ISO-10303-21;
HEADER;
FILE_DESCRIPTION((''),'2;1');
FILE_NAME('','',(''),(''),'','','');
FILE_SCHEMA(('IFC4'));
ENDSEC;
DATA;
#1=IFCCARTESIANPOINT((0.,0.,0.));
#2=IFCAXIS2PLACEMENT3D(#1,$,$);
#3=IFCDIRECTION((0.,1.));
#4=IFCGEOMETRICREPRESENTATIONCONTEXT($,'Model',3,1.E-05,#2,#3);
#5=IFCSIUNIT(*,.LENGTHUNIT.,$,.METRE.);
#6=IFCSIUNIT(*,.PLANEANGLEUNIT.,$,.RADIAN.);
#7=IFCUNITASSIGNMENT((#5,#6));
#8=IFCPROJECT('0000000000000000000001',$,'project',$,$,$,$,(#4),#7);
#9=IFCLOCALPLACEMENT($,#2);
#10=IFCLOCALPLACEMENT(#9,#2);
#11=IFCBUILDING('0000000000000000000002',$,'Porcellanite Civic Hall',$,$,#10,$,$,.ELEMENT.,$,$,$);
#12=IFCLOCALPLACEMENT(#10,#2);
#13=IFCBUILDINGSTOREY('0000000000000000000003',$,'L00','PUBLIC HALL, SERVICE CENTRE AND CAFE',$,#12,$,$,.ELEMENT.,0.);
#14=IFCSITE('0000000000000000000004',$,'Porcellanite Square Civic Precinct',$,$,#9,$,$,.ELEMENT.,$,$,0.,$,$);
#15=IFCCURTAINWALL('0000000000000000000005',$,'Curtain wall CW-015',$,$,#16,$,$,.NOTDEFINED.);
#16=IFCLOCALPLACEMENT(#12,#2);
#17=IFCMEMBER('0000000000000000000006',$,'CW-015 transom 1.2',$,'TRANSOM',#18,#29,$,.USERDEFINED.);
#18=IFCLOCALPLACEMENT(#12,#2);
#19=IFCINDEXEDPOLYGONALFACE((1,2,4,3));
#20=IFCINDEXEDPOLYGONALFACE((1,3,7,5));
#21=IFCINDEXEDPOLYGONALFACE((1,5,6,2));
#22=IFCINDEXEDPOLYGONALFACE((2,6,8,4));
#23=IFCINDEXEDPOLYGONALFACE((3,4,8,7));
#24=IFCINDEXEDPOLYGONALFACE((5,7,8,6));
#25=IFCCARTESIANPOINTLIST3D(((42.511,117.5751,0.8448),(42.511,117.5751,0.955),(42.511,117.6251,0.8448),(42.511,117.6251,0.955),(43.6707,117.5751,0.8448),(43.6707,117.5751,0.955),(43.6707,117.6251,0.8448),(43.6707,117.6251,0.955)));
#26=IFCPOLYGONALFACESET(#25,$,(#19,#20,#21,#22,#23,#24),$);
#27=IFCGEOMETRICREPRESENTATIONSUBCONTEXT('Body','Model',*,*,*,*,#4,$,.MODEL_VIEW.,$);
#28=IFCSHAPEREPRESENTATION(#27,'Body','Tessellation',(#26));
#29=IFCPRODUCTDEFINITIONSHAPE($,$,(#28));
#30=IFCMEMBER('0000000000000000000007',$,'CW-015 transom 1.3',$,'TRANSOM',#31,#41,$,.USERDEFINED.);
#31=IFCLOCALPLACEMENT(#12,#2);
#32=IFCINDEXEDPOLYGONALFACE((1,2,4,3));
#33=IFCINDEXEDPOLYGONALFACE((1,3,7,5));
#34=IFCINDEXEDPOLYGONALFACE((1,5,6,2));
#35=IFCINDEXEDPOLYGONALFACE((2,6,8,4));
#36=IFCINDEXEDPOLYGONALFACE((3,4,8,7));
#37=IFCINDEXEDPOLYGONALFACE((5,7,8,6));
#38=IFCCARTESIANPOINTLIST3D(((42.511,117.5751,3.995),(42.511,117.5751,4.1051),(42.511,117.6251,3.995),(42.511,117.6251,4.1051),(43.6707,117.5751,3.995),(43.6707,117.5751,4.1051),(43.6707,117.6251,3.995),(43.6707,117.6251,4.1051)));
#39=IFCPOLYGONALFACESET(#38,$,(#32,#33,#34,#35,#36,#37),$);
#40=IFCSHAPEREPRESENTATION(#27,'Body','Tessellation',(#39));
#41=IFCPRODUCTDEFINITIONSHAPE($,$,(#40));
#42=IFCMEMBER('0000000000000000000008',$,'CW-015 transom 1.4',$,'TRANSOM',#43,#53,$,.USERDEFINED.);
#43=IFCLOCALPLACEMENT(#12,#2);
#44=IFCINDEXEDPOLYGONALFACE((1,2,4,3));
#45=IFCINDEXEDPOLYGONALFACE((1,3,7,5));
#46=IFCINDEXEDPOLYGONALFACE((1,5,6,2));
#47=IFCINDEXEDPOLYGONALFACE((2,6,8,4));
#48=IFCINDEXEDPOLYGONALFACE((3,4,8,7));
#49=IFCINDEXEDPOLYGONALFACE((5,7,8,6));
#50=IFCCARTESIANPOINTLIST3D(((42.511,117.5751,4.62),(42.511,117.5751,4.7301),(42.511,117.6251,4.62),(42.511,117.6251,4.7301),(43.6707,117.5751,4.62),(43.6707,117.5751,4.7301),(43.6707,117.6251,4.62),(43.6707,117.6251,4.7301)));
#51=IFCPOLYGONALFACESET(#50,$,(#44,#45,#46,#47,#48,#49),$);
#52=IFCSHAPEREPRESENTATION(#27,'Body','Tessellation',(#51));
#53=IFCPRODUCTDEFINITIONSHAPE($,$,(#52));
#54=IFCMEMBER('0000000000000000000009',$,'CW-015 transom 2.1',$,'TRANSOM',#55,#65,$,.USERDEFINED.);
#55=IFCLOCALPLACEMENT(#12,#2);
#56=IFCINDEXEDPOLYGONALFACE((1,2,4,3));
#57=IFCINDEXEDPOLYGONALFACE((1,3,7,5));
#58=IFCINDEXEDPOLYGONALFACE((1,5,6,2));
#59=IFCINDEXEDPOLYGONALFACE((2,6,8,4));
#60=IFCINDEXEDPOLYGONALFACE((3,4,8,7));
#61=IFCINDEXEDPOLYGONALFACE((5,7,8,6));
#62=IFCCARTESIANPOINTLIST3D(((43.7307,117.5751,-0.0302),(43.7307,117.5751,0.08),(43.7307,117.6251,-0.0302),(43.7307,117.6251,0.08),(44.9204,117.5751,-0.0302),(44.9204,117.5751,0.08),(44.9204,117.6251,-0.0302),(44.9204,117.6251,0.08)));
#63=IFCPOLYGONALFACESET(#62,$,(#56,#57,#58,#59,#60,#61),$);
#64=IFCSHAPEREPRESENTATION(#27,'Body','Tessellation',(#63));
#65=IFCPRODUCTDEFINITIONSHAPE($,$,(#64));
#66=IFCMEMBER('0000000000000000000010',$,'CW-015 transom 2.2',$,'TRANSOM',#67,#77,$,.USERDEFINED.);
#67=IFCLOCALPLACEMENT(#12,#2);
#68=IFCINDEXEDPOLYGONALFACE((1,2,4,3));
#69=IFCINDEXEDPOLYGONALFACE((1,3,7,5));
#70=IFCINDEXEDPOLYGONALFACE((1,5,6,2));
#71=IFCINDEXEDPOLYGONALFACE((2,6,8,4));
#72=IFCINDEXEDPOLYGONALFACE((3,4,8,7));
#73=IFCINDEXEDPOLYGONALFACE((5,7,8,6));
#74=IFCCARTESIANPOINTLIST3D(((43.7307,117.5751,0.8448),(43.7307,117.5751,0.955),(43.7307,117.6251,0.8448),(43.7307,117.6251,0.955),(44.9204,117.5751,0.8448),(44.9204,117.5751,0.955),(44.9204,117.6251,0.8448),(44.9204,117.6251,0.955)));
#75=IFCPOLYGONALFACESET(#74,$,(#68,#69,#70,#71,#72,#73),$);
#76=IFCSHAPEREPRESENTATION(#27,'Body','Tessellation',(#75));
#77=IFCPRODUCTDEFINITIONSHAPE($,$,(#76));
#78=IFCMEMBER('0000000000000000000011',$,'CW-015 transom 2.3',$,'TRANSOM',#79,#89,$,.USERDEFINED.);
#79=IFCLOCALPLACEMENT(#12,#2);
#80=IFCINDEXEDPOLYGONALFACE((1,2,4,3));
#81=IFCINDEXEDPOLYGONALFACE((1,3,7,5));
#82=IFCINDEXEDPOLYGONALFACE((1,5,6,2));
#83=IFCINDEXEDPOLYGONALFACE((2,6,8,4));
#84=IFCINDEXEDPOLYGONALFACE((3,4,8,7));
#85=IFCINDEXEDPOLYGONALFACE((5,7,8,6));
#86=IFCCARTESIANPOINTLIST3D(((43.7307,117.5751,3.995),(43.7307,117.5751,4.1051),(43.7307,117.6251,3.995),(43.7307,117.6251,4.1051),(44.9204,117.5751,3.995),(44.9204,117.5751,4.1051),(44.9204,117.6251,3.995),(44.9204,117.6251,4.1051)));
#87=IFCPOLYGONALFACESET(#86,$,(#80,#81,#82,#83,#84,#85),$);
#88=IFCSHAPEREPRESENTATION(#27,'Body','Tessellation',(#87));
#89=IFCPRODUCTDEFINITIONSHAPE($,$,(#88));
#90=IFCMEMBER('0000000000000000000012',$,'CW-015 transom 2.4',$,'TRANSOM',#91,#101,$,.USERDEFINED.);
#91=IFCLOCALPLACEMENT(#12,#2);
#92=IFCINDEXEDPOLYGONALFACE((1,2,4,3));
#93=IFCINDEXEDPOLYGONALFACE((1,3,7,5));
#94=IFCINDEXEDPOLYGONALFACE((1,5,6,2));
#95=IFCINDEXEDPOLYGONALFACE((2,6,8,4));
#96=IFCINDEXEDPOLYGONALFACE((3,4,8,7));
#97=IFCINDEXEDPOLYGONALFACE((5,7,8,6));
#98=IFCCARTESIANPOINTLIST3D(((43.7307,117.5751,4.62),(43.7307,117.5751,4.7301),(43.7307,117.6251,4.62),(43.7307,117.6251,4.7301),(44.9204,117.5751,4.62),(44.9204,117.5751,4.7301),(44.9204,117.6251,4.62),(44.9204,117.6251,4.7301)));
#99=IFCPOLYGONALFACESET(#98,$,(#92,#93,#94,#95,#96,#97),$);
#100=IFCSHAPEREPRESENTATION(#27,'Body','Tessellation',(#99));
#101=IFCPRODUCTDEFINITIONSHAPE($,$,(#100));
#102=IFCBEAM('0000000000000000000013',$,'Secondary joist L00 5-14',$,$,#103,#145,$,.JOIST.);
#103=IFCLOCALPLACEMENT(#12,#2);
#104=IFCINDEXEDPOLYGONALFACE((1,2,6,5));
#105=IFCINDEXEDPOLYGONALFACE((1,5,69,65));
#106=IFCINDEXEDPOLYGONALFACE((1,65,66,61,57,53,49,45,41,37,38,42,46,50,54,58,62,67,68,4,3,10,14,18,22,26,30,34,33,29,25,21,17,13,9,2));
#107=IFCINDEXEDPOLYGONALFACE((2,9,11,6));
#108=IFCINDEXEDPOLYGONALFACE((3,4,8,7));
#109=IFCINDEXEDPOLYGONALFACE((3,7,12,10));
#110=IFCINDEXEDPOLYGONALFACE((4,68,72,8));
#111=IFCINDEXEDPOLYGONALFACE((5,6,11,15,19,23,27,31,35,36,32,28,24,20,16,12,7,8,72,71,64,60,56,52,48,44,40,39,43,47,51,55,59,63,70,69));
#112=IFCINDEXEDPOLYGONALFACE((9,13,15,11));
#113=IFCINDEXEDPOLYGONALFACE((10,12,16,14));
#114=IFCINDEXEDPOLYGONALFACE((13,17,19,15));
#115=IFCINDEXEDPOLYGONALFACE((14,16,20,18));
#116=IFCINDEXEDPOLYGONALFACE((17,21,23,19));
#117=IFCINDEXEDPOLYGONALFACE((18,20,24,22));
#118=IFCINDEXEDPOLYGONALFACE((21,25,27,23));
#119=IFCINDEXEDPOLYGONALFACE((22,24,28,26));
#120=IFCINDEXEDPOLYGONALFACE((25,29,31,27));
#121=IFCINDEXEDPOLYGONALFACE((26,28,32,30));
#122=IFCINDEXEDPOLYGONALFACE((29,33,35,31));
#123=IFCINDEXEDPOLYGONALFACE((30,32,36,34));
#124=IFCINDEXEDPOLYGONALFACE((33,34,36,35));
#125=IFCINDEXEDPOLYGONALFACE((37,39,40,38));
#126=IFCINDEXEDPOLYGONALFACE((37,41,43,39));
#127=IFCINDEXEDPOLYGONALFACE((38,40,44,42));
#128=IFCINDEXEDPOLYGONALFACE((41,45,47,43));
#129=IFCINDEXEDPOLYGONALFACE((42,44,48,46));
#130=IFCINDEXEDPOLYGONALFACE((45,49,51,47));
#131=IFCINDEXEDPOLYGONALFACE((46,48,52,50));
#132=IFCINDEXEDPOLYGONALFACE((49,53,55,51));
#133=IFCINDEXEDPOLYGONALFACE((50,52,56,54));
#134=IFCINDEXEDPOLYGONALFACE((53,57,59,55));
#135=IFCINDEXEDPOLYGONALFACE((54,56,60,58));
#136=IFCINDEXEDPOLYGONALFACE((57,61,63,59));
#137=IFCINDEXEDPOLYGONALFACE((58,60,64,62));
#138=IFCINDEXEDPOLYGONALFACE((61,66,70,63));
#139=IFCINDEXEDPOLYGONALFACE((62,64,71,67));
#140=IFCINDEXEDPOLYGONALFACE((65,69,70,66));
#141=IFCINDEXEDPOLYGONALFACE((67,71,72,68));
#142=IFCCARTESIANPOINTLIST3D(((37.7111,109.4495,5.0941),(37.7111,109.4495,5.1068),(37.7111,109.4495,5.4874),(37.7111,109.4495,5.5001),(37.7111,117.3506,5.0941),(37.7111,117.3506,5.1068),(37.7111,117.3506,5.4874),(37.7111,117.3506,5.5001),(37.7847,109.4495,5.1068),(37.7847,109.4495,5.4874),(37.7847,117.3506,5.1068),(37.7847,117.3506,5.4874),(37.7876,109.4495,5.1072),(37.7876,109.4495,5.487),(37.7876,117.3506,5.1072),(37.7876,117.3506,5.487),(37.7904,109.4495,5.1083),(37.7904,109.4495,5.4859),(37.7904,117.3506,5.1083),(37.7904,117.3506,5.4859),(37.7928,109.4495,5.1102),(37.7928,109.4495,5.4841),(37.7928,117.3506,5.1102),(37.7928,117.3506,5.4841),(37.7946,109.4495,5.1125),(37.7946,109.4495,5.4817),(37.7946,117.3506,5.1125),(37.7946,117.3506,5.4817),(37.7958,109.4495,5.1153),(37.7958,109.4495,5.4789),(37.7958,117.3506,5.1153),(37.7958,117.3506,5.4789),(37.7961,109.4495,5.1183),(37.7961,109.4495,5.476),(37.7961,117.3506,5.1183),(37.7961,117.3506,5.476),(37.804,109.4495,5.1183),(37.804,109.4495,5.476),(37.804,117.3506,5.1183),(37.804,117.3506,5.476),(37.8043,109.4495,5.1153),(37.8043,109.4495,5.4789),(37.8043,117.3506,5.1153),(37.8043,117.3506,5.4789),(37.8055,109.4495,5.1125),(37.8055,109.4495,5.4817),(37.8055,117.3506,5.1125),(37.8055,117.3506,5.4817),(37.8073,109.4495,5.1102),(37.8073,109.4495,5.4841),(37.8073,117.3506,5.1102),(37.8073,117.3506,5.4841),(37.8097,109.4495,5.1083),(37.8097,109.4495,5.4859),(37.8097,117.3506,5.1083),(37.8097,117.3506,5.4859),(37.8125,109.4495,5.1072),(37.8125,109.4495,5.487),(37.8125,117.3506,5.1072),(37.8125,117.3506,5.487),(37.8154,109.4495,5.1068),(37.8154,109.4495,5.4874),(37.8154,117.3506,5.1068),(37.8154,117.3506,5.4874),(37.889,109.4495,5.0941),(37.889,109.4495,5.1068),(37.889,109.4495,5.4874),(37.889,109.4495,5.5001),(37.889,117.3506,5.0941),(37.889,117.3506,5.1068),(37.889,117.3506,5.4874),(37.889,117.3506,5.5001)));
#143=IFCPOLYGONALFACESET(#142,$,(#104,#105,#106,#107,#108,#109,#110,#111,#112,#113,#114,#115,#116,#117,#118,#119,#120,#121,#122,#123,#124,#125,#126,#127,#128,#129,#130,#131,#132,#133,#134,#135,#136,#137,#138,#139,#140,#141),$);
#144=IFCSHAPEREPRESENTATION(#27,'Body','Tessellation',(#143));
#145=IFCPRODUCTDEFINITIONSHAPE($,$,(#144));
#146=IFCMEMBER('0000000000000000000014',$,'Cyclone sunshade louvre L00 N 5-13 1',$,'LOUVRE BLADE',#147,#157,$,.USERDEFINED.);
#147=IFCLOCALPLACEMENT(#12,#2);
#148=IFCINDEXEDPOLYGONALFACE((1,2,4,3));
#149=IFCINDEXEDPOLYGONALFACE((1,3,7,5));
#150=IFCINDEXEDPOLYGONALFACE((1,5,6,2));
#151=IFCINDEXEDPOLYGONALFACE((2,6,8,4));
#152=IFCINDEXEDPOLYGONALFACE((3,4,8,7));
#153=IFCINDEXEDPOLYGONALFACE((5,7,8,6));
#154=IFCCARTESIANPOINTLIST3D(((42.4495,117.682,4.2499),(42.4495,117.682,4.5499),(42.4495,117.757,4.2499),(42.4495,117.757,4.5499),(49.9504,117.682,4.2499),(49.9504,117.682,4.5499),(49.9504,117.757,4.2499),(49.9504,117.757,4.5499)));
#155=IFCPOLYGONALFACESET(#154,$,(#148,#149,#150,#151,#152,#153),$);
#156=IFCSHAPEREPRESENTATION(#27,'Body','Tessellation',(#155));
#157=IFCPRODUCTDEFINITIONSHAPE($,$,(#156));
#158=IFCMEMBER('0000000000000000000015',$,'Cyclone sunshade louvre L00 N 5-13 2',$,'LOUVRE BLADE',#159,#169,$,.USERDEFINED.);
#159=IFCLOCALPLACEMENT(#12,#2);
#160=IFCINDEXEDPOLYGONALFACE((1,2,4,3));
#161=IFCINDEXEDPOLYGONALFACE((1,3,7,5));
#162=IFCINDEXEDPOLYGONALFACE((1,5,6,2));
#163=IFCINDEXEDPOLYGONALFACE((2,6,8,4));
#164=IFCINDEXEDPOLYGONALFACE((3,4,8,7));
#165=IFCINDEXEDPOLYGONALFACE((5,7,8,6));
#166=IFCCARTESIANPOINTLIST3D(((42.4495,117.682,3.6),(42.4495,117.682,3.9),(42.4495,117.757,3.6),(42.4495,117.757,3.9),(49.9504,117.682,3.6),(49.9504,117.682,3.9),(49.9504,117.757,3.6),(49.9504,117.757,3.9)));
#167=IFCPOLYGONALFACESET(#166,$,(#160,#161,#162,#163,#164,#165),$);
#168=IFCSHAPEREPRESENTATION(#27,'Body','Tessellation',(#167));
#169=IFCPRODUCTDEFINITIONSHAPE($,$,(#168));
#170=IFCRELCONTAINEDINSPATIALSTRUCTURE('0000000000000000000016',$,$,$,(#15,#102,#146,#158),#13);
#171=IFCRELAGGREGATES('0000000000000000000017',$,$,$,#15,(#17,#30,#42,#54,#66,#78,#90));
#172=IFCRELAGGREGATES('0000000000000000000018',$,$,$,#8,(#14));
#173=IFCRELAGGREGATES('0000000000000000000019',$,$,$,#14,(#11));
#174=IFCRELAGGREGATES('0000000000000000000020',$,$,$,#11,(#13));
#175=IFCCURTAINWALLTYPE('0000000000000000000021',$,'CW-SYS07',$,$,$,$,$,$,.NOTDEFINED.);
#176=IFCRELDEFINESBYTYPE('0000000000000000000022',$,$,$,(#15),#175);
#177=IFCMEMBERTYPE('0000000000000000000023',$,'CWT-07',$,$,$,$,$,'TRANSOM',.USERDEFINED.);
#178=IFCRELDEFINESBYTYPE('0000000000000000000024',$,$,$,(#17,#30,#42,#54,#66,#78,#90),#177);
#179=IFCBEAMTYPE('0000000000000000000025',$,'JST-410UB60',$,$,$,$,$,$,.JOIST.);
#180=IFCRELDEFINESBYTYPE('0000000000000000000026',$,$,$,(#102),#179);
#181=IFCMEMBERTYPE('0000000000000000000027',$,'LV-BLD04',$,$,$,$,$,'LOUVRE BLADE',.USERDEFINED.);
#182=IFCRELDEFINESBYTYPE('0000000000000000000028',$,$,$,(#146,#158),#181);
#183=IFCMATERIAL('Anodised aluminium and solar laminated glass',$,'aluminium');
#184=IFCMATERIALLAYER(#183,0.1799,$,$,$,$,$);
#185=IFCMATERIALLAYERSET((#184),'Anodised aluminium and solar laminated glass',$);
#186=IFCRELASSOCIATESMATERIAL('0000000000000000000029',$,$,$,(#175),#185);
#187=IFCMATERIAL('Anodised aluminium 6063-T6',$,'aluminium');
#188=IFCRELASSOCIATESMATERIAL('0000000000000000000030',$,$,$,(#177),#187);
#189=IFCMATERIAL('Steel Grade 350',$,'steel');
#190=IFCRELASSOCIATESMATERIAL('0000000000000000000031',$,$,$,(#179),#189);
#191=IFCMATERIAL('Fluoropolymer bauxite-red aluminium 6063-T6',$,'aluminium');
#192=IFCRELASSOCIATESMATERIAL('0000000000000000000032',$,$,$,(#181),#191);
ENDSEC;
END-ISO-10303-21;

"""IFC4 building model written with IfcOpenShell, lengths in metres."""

from ifc_helpers import new_model, si_unit, direction, frame, origin, origin_2d, place, context, subcontext, project, spatial, rectangle, i_section, extrude, material, layer, layer_set, material_profile, profile_set, type_object, element, aggregate, save


model = new_model("IFC4")

# Units and contexts
model_context = context("Model", 3, precision=1e-05, world=origin(), true_north=direction((0.0, 1.0)))
body_context = subcontext(model_context, "Body", "Model", "MODEL_VIEW")
ifc_project = project(units=[si_unit("LENGTHUNIT", "METRE"), si_unit("PLANEANGLEUNIT", "RADIAN")], contexts=[model_context])

# Site, building, storey
site_placement = place(None, origin())
site = spatial("IfcSite", under=ifc_project, at=site_placement, Name="Porcellanite Square Civic Precinct", CompositionType="ELEMENT", RefElevation=0.0)
building_placement = place(site_placement, origin())
building = spatial("IfcBuilding", under=site, at=building_placement, Name="Porcellanite Civic Hall", CompositionType="ELEMENT")
storey_placement = place(building_placement, origin())
storey = spatial("IfcBuildingStorey", under=building, at=storey_placement, Name="L00", Description="PUBLIC HALL, SERVICE CENTRE AND CAFE", CompositionType="ELEMENT", Elevation=0.0)

# Curtain wall, members
ifc_material_1 = material(Name="Anodised aluminium and solar laminated glass", Category="aluminium")
ifc_layer_1 = layer(ifc_material_1, 0.1799)
ifc_layer_set_1 = layer_set([ifc_layer_1], Name="Anodised aluminium and solar laminated glass")
curtain_wall_type = type_object("IfcCurtainWallType", Name="CW-SYS07", PredefinedType="NOTDEFINED", material=ifc_layer_set_1)
curtain_wall_placement = place(storey_placement, origin())
curtain_wall = element("IfcCurtainWall", 1, at=curtain_wall_placement, inside=storey, type_object=curtain_wall_type, Name="Curtain wall CW-015", PredefinedType="NOTDEFINED")
ifc_material_2 = material(Name="Anodised aluminium 6063-T6", Category="aluminium")
ifc_material_profile_1 = material_profile(ifc_material_2, rectangle(XDim=0.05, YDim=0.1101, at=origin_2d()), Name="AL-50x110")
ifc_profile_set_1 = profile_set([ifc_material_profile_1], Name="Anodised aluminium 6063-T6")
member_type_1 = type_object("IfcMemberType", Name="CWT-07", ElementType="TRANSOM", PredefinedType="USERDEFINED", material=ifc_profile_set_1)
member_1_placement = place(storey_placement, frame((42.511, 117.6001, 0.8999), z_axis=(1.0, 0.0, 0.0), x_axis=(0.0, 1.0, 0.0)))
member_1 = element("IfcMember", 2, at=member_1_placement, type_object=member_type_1, Name="CW-015 transom 1.2", ObjectType="TRANSOM", PredefinedType="USERDEFINED", context=body_context, shape_type="SweptSolid", body=[
    extrude(rectangle(XDim=0.05, YDim=0.1101, at=origin_2d()), origin(), (0.0, 0.0, 1.0), 1.1597),
])
member_2_placement = place(storey_placement, frame((42.511, 117.6001, 4.05), z_axis=(1.0, 0.0, 0.0), x_axis=(0.0, 1.0, 0.0)))
member_2 = element("IfcMember", 3, at=member_2_placement, type_object=member_type_1, Name="CW-015 transom 1.3", ObjectType="TRANSOM", PredefinedType="USERDEFINED", context=body_context, shape_type="SweptSolid", body=[
    extrude(rectangle(XDim=0.05, YDim=0.1101, at=origin_2d()), origin(), (0.0, 0.0, 1.0), 1.1597),
])
member_3_placement = place(storey_placement, frame((42.511, 117.6001, 4.675), z_axis=(1.0, 0.0, 0.0), x_axis=(0.0, 1.0, 0.0)))
member_3 = element("IfcMember", 4, at=member_3_placement, type_object=member_type_1, Name="CW-015 transom 1.4", ObjectType="TRANSOM", PredefinedType="USERDEFINED", context=body_context, shape_type="SweptSolid", body=[
    extrude(rectangle(XDim=0.05, YDim=0.1101, at=origin_2d()), origin(), (0.0, 0.0, 1.0), 1.1597),
])
member_4_placement = place(storey_placement, frame((43.7307, 117.6001, 0.0249), z_axis=(1.0, 0.0, 0.0), x_axis=(0.0, 1.0, 0.0)))
member_4 = element("IfcMember", 5, at=member_4_placement, type_object=member_type_1, Name="CW-015 transom 2.1", ObjectType="TRANSOM", PredefinedType="USERDEFINED", context=body_context, shape_type="SweptSolid", body=[
    extrude(rectangle(XDim=0.05, YDim=0.1101, at=origin_2d()), origin(), (0.0, 0.0, 1.0), 1.1897),
])
member_5_placement = place(storey_placement, frame((43.7307, 117.6001, 0.8999), z_axis=(1.0, 0.0, 0.0), x_axis=(0.0, 1.0, 0.0)))
member_5 = element("IfcMember", 6, at=member_5_placement, type_object=member_type_1, Name="CW-015 transom 2.2", ObjectType="TRANSOM", PredefinedType="USERDEFINED", context=body_context, shape_type="SweptSolid", body=[
    extrude(rectangle(XDim=0.05, YDim=0.1101, at=origin_2d()), origin(), (0.0, 0.0, 1.0), 1.1897),
])
member_6_placement = place(storey_placement, frame((43.7307, 117.6001, 4.05), z_axis=(1.0, 0.0, 0.0), x_axis=(0.0, 1.0, 0.0)))
member_6 = element("IfcMember", 7, at=member_6_placement, type_object=member_type_1, Name="CW-015 transom 2.3", ObjectType="TRANSOM", PredefinedType="USERDEFINED", context=body_context, shape_type="SweptSolid", body=[
    extrude(rectangle(XDim=0.05, YDim=0.1101, at=origin_2d()), origin(), (0.0, 0.0, 1.0), 1.1897),
])
member_7_placement = place(storey_placement, frame((43.7307, 117.6001, 4.675), z_axis=(1.0, 0.0, 0.0), x_axis=(0.0, 1.0, 0.0)))
member_7 = element("IfcMember", 8, at=member_7_placement, type_object=member_type_1, Name="CW-015 transom 2.4", ObjectType="TRANSOM", PredefinedType="USERDEFINED", context=body_context, shape_type="SweptSolid", body=[
    extrude(rectangle(XDim=0.05, YDim=0.1101, at=origin_2d()), origin(), (0.0, 0.0, 1.0), 1.1897),
])

# Beam
ifc_material_3 = material(Name="Steel Grade 350", Category="steel")
ifc_material_profile_2 = material_profile(ifc_material_3, i_section(OverallWidth=0.178, OverallDepth=0.406, WebThickness=0.0078, FlangeThickness=0.0127, FilletRadius=0.0115, at=origin_2d()), Name="410UB59.7")
ifc_profile_set_2 = profile_set([ifc_material_profile_2], Name="Steel Grade 350")
beam_type_1 = type_object("IfcBeamType", Name="JST-410UB60", PredefinedType="JOIST", material=ifc_profile_set_2)
beam_1_placement = place(storey_placement, frame((37.8, 109.4495, 5.2971), z_axis=(0.0, 1.0, 0.0), x_axis=(-1.0, 0.0, 0.0)))
element("IfcBeam", 9, at=beam_1_placement, inside=storey, type_object=beam_type_1, Name="Secondary joist L00 5-14", PredefinedType="JOIST", context=body_context, shape_type="SweptSolid", body=[
    extrude(i_section(OverallWidth=0.178, OverallDepth=0.406, WebThickness=0.0078, FlangeThickness=0.0127, FilletRadius=0.0115, at=origin_2d()), origin(), (0.0, 0.0, 1.0), 7.9011),
])

# Members
ifc_material_4 = material(Name="Fluoropolymer bauxite-red aluminium 6063-T6", Category="aluminium")
ifc_material_profile_3 = material_profile(ifc_material_4, rectangle(XDim=0.075, YDim=0.3, at=origin_2d()), Name="AL-75x300")
ifc_profile_set_3 = profile_set([ifc_material_profile_3], Name="Fluoropolymer bauxite-red aluminium 6063-T6")
member_type_2 = type_object("IfcMemberType", Name="LV-BLD04", ElementType="LOUVRE BLADE", PredefinedType="USERDEFINED", material=ifc_profile_set_3)
for number, where, z_axis, x_axis, name in (
    (10, (42.4495, 117.7195, 4.3999), (1.0, 0.0, 0.0), (0.0, 1.0, 0.0), "Cyclone sunshade louvre L00 N 5-13 1"),
    (11, (42.4495, 117.7195, 3.75), (1.0, 0.0, 0.0), (0.0, 1.0, 0.0), "Cyclone sunshade louvre L00 N 5-13 2"),
):
    element("IfcMember", number, at=place(storey_placement, frame(where, z_axis=z_axis, x_axis=x_axis)), inside=storey, type_object=member_type_2, Name=name, ObjectType="LOUVRE BLADE", PredefinedType="USERDEFINED", context=body_context, shape_type="SweptSolid", body=[
        extrude(rectangle(XDim=0.075, YDim=0.3, at=origin_2d()), origin(), (0.0, 0.0, 1.0), 7.501),
    ])

aggregate(curtain_wall, [member_1, member_2, member_3, member_4, member_5, member_6, member_7])

save(model, "model.ifc")
